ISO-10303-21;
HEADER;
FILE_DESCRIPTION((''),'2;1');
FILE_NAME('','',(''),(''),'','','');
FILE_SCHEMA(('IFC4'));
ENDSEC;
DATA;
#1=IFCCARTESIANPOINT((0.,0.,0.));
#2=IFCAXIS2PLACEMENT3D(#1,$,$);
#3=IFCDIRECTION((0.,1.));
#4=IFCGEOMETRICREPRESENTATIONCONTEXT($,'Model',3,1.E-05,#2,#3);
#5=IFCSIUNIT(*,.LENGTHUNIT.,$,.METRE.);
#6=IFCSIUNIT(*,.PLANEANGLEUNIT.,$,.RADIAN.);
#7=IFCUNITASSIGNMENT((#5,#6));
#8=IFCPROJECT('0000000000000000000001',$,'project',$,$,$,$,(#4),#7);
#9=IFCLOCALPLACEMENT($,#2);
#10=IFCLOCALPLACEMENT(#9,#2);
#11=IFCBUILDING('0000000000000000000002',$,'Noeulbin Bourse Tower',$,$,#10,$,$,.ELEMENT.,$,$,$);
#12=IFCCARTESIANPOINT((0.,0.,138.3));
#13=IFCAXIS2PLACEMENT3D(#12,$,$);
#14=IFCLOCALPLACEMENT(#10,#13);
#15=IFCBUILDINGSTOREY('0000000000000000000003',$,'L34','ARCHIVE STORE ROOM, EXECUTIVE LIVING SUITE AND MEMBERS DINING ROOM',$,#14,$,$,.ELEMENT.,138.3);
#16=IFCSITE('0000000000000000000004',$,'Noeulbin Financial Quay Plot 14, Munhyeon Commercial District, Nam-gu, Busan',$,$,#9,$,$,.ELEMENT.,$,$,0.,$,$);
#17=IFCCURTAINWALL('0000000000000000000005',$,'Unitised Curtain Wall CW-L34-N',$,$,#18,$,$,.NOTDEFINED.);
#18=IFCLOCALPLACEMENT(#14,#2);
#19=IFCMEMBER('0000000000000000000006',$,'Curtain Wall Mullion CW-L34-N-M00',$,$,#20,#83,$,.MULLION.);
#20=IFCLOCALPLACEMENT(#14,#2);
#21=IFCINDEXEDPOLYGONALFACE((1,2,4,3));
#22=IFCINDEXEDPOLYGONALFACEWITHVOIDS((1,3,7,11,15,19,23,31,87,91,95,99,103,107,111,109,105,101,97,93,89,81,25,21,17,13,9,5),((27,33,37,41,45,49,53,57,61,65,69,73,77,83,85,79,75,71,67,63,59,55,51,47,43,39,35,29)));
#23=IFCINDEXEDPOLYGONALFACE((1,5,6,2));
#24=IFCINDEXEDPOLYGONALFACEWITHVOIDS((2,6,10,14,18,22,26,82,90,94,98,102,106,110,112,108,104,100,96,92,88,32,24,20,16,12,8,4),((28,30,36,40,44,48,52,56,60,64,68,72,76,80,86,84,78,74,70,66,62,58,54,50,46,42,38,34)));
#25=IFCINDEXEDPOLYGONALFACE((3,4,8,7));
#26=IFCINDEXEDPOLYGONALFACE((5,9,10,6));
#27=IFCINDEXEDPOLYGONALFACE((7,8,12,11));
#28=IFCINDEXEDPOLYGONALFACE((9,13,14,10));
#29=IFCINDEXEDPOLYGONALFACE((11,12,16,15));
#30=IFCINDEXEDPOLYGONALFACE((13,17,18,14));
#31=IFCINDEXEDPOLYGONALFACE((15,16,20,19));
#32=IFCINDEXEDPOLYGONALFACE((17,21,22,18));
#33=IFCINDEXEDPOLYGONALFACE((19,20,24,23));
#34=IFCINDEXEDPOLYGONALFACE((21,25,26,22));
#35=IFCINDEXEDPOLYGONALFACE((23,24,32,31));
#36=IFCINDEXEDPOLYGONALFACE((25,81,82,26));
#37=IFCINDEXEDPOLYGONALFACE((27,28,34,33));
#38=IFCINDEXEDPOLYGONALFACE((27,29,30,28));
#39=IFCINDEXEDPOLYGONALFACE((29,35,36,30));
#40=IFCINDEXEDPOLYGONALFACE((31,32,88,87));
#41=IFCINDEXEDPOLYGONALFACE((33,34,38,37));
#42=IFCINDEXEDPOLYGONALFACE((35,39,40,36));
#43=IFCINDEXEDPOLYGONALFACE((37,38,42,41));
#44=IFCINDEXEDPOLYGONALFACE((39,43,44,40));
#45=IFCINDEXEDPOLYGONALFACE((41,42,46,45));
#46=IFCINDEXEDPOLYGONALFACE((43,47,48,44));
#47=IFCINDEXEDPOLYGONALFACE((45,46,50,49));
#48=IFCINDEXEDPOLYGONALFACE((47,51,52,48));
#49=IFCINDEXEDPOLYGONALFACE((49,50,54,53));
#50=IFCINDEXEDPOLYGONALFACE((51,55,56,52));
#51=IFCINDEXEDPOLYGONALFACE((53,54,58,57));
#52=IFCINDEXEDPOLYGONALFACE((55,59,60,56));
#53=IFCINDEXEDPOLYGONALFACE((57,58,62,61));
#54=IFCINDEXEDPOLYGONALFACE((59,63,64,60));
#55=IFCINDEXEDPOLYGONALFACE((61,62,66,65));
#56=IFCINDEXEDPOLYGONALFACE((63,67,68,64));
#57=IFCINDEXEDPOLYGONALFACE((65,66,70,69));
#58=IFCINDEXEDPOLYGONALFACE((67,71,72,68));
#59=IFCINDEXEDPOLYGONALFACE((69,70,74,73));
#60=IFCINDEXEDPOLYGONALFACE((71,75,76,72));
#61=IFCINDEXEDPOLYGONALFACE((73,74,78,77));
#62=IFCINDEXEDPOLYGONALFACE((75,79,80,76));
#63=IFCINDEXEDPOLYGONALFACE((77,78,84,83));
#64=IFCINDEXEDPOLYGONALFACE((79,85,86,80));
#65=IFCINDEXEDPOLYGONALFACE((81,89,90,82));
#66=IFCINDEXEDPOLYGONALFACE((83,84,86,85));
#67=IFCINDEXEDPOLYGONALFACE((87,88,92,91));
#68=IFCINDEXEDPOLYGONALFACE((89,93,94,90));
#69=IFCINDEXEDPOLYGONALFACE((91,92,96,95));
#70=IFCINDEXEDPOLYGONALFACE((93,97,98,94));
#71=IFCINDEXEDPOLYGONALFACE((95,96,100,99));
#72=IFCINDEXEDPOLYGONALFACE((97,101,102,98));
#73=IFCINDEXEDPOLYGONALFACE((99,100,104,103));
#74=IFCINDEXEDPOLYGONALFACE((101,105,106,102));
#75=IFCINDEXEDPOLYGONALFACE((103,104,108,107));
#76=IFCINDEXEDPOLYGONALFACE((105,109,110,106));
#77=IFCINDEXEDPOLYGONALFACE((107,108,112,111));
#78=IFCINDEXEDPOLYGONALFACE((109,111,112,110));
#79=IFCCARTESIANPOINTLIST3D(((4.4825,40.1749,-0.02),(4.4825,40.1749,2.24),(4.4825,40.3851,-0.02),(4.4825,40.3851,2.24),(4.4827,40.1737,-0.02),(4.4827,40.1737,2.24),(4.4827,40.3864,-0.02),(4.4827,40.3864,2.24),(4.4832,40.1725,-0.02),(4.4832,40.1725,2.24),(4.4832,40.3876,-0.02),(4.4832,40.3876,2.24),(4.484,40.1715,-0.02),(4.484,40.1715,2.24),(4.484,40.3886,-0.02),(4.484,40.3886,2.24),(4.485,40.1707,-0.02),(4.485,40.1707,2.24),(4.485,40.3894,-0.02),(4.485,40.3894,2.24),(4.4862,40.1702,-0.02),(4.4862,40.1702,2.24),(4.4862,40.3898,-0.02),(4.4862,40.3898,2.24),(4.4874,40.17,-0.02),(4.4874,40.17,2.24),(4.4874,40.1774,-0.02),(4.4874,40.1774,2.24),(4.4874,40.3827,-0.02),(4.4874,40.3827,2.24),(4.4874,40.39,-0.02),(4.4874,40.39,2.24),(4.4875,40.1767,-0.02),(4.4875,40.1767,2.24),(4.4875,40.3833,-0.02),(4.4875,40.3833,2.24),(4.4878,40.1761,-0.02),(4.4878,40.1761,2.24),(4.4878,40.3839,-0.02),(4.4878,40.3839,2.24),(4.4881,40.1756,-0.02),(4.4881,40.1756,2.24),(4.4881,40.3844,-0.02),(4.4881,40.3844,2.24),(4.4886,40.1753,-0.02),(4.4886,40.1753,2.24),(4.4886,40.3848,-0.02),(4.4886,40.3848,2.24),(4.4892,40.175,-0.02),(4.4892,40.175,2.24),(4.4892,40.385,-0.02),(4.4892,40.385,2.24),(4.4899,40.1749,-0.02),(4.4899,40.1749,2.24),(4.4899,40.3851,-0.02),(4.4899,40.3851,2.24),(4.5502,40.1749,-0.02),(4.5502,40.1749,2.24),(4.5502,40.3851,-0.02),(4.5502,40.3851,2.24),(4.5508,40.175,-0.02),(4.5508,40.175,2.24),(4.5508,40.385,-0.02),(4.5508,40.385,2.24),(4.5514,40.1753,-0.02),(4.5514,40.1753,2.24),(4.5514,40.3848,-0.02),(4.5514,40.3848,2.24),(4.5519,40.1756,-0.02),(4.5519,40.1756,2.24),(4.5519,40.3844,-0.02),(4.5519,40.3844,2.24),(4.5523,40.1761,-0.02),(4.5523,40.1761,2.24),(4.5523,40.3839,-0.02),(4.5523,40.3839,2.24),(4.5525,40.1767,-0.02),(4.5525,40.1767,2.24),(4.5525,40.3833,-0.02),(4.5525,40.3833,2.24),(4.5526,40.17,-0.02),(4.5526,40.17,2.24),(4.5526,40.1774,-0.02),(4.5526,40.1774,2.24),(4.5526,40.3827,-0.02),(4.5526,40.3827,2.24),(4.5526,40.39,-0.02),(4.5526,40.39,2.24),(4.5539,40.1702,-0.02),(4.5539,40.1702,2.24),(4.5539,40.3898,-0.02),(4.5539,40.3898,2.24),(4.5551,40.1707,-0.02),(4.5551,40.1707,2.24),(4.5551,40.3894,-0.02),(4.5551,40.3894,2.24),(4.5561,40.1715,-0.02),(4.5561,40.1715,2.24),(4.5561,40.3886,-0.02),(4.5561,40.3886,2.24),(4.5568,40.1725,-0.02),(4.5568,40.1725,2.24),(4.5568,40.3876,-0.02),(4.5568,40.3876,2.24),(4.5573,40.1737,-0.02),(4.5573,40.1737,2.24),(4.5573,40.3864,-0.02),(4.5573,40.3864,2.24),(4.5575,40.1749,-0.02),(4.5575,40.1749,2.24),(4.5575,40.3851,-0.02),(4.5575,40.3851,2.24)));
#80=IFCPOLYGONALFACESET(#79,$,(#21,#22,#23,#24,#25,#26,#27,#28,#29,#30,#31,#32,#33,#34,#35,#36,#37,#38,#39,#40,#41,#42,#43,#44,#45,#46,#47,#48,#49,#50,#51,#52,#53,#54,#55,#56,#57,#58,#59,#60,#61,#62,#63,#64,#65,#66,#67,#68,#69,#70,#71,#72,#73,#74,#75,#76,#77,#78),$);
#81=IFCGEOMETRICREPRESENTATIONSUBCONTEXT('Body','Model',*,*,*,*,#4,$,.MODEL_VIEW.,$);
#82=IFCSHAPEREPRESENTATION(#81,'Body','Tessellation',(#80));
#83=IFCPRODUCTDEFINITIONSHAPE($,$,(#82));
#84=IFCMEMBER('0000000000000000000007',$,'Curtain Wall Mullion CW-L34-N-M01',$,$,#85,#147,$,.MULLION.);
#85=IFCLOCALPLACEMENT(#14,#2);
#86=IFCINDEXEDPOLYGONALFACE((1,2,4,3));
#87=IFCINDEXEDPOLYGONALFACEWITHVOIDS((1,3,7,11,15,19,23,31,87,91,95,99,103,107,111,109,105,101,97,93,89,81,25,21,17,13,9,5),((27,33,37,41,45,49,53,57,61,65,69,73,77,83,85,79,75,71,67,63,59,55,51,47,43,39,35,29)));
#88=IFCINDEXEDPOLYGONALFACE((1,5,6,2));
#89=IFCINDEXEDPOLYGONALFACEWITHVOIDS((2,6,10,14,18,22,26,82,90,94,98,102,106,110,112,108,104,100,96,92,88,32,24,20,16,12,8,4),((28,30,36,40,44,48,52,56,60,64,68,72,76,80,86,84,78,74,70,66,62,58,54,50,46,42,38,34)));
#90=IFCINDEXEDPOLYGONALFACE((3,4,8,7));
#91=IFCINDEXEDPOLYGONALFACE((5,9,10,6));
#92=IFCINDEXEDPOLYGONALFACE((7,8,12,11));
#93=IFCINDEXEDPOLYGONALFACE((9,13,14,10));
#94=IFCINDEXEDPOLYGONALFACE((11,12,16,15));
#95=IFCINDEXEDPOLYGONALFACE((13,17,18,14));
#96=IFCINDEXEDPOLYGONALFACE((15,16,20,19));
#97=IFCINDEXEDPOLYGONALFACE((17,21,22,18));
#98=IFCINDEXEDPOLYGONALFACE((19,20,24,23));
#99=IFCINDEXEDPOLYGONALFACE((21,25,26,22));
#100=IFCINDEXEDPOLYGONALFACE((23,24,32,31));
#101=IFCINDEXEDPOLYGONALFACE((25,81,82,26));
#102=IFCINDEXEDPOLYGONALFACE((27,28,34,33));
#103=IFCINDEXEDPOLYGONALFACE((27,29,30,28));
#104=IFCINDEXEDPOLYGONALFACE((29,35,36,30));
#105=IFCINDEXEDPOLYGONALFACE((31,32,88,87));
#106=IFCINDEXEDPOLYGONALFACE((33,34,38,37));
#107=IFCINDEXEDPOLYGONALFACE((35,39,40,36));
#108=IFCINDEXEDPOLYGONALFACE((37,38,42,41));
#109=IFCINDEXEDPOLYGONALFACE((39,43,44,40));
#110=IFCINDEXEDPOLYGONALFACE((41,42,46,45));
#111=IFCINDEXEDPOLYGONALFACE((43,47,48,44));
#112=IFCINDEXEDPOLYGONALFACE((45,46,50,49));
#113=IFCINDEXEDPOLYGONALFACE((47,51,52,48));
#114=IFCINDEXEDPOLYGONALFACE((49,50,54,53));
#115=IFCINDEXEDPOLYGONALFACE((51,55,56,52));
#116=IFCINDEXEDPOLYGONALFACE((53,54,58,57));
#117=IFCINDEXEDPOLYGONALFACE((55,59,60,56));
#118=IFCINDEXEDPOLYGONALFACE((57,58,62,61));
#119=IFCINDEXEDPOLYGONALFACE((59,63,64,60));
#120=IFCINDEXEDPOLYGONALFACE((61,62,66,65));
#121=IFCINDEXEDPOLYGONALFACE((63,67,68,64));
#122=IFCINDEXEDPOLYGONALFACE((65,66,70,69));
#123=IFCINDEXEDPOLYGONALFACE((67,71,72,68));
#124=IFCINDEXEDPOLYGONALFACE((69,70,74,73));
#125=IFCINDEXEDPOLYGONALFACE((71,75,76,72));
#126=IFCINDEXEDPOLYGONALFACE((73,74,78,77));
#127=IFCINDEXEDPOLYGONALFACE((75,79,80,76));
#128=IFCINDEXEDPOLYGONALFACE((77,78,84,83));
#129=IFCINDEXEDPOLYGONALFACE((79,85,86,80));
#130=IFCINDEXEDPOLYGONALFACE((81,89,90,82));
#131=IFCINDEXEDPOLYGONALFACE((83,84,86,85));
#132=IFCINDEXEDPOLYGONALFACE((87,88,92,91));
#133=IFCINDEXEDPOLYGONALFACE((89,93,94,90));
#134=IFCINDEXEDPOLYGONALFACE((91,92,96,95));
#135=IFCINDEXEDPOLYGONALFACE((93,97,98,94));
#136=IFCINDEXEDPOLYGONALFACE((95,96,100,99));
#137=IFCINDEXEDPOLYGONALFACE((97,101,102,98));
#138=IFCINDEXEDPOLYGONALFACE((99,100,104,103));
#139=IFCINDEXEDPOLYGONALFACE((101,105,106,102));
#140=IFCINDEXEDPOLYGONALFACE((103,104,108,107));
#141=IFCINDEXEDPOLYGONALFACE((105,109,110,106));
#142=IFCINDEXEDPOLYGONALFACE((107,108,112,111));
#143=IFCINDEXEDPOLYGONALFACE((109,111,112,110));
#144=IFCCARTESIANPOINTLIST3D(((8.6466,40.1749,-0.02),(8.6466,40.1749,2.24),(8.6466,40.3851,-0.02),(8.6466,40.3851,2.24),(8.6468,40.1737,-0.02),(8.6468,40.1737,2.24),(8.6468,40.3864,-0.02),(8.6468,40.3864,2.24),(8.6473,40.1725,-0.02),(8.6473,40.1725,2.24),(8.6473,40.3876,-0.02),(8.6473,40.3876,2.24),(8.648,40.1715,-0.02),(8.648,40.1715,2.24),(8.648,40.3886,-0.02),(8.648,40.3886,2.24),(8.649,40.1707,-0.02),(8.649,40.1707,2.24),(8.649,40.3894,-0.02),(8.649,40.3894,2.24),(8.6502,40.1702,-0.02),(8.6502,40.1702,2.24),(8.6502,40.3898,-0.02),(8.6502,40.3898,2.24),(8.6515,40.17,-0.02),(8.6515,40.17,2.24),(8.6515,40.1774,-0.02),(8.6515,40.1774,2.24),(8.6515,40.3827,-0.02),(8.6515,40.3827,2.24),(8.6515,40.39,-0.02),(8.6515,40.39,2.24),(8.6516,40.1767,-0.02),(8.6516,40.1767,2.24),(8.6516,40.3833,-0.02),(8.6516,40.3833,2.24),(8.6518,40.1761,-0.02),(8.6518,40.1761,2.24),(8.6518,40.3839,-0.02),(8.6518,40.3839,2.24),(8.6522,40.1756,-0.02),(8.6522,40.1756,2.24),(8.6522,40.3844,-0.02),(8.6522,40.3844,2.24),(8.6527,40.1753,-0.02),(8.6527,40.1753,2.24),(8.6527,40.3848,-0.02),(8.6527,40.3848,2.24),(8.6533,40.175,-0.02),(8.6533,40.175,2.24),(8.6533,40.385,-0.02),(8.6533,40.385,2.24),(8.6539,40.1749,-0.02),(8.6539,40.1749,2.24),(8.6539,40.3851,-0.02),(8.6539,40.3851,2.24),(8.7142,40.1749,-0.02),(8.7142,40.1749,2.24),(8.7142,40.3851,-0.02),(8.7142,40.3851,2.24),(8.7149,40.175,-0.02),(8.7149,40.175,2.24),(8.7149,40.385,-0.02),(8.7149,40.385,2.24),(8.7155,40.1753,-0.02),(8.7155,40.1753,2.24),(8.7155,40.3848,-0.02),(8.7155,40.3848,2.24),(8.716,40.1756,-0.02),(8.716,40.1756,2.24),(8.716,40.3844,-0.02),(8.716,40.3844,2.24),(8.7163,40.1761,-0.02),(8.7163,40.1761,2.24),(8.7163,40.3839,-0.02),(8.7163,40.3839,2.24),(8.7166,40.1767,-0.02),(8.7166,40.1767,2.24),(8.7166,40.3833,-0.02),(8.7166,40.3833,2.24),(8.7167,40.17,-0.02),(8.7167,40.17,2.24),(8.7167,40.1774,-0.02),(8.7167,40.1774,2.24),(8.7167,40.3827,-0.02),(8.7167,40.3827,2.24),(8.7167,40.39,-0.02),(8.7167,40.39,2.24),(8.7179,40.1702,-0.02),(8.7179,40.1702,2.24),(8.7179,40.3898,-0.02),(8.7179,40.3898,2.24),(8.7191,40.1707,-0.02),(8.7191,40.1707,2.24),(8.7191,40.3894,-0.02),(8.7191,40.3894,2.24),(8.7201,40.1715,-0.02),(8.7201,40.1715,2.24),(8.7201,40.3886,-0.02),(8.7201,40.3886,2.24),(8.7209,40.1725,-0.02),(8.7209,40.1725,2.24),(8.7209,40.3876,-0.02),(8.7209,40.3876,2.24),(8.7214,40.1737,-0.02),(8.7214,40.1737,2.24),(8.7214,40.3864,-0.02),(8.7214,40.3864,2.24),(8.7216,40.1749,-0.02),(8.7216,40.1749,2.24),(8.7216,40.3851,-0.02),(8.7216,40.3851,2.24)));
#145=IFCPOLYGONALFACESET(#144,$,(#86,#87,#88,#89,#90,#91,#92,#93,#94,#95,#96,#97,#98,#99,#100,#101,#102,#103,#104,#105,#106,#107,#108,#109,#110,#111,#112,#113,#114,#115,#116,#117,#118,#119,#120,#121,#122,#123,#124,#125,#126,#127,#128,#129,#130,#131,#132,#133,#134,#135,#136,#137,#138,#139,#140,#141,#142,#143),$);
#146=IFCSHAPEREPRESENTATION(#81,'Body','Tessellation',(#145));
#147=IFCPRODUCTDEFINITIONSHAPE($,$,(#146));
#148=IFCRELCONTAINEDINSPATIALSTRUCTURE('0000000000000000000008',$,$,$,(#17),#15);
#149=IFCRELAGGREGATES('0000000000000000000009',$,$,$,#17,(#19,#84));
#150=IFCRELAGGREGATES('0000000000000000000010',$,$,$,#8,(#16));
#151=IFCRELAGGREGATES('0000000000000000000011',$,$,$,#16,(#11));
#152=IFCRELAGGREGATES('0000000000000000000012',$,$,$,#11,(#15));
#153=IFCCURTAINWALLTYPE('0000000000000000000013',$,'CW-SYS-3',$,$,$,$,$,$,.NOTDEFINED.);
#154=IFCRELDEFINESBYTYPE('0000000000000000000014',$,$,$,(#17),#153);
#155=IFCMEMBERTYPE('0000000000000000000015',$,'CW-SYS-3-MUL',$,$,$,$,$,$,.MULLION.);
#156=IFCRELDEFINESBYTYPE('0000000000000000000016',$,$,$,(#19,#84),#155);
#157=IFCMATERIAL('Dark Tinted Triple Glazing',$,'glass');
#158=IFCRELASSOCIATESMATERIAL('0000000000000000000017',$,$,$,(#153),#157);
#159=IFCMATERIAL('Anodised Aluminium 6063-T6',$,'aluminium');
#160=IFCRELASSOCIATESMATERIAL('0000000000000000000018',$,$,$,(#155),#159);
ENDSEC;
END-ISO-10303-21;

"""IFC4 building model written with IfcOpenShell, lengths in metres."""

from ifc_helpers import new_model, si_unit, direction, frame, origin, origin_2d, place, context, subcontext, project, spatial, hollow_rectangle, extrude, material, material_profile, profile_set, type_object, element, aggregate, save


model = new_model("IFC4")

# Units and contexts
model_context = context("Model", 3, precision=1e-05, world=origin(), true_north=direction((0.0, 1.0)))
body_context = subcontext(model_context, "Body", "Model", "MODEL_VIEW")
ifc_project = project(units=[si_unit("LENGTHUNIT", "METRE"), si_unit("PLANEANGLEUNIT", "RADIAN")], contexts=[model_context])

# Site, building, storey
site_placement = place(None, origin())
site = spatial("IfcSite", under=ifc_project, at=site_placement, Name="Noeulbin Financial Quay Plot 14, Munhyeon Commercial District, Nam-gu, Busan", CompositionType="ELEMENT", RefElevation=0.0)
building_placement = place(site_placement, origin())
building = spatial("IfcBuilding", under=site, at=building_placement, Name="Noeulbin Bourse Tower", CompositionType="ELEMENT")
storey_placement = place(building_placement, frame((0.0, 0.0, 138.3)))
storey = spatial("IfcBuildingStorey", under=building, at=storey_placement, Name="L34", Description="ARCHIVE STORE ROOM, EXECUTIVE LIVING SUITE AND MEMBERS DINING ROOM", CompositionType="ELEMENT", Elevation=138.3)

# Curtain wall, members
ifc_material_1 = material(Name="Dark Tinted Triple Glazing", Category="glass")
curtain_wall_type = type_object("IfcCurtainWallType", Name="CW-SYS-3", PredefinedType="NOTDEFINED", material=ifc_material_1)
curtain_wall_1_placement = place(storey_placement, origin())
curtain_wall_1 = element("IfcCurtainWall", 1, at=curtain_wall_1_placement, inside=storey, type_object=curtain_wall_type, Name="Unitised Curtain Wall CW-L34-N", PredefinedType="NOTDEFINED")
ifc_material_2 = material(Name="Anodised Aluminium 6063-T6", Category="aluminium")
ifc_material_profile_1 = material_profile(ifc_material_2, hollow_rectangle(XDim=0.075, YDim=0.22, WallThickness=0.0049, InnerFilletRadius=0.0024, OuterFilletRadius=0.0049, at=origin_2d()), Name="ALU-MULL-75x220x5", Category="LoadBearing")
ifc_profile_set_1 = profile_set([ifc_material_profile_1], Name="Anodised Aluminium 6063-T6")
member_type_1 = type_object("IfcMemberType", Name="CW-SYS-3-MUL", PredefinedType="MULLION", material=ifc_profile_set_1)
member_1_placement = place(storey_placement, frame((4.52, 40.28, -0.02), z_axis=(0.0, 0.0, 1.0), x_axis=(1.0, 0.0, 0.0)))
member_1 = element("IfcMember", 2, at=member_1_placement, type_object=member_type_1, Name="Curtain Wall Mullion CW-L34-N-M00", PredefinedType="MULLION", context=body_context, shape_type="SweptSolid", body=[
    extrude(hollow_rectangle(XDim=0.075, YDim=0.22, WallThickness=0.0049, InnerFilletRadius=0.0024, OuterFilletRadius=0.0049, at=origin_2d()), origin(), (0.0, 0.0, 1.0), 2.26),
])
member_2_placement = place(storey_placement, frame((8.6841, 40.28, -0.02), z_axis=(0.0, 0.0, 1.0), x_axis=(1.0, 0.0, 0.0)))
member_2 = element("IfcMember", 3, at=member_2_placement, type_object=member_type_1, Name="Curtain Wall Mullion CW-L34-N-M01", PredefinedType="MULLION", context=body_context, shape_type="SweptSolid", body=[
    extrude(hollow_rectangle(XDim=0.075, YDim=0.22, WallThickness=0.0049, InnerFilletRadius=0.0024, OuterFilletRadius=0.0049, at=origin_2d()), origin(), (0.0, 0.0, 1.0), 2.26),
])

aggregate(curtain_wall_1, [member_1, member_2])

save(model, "model.ifc")
